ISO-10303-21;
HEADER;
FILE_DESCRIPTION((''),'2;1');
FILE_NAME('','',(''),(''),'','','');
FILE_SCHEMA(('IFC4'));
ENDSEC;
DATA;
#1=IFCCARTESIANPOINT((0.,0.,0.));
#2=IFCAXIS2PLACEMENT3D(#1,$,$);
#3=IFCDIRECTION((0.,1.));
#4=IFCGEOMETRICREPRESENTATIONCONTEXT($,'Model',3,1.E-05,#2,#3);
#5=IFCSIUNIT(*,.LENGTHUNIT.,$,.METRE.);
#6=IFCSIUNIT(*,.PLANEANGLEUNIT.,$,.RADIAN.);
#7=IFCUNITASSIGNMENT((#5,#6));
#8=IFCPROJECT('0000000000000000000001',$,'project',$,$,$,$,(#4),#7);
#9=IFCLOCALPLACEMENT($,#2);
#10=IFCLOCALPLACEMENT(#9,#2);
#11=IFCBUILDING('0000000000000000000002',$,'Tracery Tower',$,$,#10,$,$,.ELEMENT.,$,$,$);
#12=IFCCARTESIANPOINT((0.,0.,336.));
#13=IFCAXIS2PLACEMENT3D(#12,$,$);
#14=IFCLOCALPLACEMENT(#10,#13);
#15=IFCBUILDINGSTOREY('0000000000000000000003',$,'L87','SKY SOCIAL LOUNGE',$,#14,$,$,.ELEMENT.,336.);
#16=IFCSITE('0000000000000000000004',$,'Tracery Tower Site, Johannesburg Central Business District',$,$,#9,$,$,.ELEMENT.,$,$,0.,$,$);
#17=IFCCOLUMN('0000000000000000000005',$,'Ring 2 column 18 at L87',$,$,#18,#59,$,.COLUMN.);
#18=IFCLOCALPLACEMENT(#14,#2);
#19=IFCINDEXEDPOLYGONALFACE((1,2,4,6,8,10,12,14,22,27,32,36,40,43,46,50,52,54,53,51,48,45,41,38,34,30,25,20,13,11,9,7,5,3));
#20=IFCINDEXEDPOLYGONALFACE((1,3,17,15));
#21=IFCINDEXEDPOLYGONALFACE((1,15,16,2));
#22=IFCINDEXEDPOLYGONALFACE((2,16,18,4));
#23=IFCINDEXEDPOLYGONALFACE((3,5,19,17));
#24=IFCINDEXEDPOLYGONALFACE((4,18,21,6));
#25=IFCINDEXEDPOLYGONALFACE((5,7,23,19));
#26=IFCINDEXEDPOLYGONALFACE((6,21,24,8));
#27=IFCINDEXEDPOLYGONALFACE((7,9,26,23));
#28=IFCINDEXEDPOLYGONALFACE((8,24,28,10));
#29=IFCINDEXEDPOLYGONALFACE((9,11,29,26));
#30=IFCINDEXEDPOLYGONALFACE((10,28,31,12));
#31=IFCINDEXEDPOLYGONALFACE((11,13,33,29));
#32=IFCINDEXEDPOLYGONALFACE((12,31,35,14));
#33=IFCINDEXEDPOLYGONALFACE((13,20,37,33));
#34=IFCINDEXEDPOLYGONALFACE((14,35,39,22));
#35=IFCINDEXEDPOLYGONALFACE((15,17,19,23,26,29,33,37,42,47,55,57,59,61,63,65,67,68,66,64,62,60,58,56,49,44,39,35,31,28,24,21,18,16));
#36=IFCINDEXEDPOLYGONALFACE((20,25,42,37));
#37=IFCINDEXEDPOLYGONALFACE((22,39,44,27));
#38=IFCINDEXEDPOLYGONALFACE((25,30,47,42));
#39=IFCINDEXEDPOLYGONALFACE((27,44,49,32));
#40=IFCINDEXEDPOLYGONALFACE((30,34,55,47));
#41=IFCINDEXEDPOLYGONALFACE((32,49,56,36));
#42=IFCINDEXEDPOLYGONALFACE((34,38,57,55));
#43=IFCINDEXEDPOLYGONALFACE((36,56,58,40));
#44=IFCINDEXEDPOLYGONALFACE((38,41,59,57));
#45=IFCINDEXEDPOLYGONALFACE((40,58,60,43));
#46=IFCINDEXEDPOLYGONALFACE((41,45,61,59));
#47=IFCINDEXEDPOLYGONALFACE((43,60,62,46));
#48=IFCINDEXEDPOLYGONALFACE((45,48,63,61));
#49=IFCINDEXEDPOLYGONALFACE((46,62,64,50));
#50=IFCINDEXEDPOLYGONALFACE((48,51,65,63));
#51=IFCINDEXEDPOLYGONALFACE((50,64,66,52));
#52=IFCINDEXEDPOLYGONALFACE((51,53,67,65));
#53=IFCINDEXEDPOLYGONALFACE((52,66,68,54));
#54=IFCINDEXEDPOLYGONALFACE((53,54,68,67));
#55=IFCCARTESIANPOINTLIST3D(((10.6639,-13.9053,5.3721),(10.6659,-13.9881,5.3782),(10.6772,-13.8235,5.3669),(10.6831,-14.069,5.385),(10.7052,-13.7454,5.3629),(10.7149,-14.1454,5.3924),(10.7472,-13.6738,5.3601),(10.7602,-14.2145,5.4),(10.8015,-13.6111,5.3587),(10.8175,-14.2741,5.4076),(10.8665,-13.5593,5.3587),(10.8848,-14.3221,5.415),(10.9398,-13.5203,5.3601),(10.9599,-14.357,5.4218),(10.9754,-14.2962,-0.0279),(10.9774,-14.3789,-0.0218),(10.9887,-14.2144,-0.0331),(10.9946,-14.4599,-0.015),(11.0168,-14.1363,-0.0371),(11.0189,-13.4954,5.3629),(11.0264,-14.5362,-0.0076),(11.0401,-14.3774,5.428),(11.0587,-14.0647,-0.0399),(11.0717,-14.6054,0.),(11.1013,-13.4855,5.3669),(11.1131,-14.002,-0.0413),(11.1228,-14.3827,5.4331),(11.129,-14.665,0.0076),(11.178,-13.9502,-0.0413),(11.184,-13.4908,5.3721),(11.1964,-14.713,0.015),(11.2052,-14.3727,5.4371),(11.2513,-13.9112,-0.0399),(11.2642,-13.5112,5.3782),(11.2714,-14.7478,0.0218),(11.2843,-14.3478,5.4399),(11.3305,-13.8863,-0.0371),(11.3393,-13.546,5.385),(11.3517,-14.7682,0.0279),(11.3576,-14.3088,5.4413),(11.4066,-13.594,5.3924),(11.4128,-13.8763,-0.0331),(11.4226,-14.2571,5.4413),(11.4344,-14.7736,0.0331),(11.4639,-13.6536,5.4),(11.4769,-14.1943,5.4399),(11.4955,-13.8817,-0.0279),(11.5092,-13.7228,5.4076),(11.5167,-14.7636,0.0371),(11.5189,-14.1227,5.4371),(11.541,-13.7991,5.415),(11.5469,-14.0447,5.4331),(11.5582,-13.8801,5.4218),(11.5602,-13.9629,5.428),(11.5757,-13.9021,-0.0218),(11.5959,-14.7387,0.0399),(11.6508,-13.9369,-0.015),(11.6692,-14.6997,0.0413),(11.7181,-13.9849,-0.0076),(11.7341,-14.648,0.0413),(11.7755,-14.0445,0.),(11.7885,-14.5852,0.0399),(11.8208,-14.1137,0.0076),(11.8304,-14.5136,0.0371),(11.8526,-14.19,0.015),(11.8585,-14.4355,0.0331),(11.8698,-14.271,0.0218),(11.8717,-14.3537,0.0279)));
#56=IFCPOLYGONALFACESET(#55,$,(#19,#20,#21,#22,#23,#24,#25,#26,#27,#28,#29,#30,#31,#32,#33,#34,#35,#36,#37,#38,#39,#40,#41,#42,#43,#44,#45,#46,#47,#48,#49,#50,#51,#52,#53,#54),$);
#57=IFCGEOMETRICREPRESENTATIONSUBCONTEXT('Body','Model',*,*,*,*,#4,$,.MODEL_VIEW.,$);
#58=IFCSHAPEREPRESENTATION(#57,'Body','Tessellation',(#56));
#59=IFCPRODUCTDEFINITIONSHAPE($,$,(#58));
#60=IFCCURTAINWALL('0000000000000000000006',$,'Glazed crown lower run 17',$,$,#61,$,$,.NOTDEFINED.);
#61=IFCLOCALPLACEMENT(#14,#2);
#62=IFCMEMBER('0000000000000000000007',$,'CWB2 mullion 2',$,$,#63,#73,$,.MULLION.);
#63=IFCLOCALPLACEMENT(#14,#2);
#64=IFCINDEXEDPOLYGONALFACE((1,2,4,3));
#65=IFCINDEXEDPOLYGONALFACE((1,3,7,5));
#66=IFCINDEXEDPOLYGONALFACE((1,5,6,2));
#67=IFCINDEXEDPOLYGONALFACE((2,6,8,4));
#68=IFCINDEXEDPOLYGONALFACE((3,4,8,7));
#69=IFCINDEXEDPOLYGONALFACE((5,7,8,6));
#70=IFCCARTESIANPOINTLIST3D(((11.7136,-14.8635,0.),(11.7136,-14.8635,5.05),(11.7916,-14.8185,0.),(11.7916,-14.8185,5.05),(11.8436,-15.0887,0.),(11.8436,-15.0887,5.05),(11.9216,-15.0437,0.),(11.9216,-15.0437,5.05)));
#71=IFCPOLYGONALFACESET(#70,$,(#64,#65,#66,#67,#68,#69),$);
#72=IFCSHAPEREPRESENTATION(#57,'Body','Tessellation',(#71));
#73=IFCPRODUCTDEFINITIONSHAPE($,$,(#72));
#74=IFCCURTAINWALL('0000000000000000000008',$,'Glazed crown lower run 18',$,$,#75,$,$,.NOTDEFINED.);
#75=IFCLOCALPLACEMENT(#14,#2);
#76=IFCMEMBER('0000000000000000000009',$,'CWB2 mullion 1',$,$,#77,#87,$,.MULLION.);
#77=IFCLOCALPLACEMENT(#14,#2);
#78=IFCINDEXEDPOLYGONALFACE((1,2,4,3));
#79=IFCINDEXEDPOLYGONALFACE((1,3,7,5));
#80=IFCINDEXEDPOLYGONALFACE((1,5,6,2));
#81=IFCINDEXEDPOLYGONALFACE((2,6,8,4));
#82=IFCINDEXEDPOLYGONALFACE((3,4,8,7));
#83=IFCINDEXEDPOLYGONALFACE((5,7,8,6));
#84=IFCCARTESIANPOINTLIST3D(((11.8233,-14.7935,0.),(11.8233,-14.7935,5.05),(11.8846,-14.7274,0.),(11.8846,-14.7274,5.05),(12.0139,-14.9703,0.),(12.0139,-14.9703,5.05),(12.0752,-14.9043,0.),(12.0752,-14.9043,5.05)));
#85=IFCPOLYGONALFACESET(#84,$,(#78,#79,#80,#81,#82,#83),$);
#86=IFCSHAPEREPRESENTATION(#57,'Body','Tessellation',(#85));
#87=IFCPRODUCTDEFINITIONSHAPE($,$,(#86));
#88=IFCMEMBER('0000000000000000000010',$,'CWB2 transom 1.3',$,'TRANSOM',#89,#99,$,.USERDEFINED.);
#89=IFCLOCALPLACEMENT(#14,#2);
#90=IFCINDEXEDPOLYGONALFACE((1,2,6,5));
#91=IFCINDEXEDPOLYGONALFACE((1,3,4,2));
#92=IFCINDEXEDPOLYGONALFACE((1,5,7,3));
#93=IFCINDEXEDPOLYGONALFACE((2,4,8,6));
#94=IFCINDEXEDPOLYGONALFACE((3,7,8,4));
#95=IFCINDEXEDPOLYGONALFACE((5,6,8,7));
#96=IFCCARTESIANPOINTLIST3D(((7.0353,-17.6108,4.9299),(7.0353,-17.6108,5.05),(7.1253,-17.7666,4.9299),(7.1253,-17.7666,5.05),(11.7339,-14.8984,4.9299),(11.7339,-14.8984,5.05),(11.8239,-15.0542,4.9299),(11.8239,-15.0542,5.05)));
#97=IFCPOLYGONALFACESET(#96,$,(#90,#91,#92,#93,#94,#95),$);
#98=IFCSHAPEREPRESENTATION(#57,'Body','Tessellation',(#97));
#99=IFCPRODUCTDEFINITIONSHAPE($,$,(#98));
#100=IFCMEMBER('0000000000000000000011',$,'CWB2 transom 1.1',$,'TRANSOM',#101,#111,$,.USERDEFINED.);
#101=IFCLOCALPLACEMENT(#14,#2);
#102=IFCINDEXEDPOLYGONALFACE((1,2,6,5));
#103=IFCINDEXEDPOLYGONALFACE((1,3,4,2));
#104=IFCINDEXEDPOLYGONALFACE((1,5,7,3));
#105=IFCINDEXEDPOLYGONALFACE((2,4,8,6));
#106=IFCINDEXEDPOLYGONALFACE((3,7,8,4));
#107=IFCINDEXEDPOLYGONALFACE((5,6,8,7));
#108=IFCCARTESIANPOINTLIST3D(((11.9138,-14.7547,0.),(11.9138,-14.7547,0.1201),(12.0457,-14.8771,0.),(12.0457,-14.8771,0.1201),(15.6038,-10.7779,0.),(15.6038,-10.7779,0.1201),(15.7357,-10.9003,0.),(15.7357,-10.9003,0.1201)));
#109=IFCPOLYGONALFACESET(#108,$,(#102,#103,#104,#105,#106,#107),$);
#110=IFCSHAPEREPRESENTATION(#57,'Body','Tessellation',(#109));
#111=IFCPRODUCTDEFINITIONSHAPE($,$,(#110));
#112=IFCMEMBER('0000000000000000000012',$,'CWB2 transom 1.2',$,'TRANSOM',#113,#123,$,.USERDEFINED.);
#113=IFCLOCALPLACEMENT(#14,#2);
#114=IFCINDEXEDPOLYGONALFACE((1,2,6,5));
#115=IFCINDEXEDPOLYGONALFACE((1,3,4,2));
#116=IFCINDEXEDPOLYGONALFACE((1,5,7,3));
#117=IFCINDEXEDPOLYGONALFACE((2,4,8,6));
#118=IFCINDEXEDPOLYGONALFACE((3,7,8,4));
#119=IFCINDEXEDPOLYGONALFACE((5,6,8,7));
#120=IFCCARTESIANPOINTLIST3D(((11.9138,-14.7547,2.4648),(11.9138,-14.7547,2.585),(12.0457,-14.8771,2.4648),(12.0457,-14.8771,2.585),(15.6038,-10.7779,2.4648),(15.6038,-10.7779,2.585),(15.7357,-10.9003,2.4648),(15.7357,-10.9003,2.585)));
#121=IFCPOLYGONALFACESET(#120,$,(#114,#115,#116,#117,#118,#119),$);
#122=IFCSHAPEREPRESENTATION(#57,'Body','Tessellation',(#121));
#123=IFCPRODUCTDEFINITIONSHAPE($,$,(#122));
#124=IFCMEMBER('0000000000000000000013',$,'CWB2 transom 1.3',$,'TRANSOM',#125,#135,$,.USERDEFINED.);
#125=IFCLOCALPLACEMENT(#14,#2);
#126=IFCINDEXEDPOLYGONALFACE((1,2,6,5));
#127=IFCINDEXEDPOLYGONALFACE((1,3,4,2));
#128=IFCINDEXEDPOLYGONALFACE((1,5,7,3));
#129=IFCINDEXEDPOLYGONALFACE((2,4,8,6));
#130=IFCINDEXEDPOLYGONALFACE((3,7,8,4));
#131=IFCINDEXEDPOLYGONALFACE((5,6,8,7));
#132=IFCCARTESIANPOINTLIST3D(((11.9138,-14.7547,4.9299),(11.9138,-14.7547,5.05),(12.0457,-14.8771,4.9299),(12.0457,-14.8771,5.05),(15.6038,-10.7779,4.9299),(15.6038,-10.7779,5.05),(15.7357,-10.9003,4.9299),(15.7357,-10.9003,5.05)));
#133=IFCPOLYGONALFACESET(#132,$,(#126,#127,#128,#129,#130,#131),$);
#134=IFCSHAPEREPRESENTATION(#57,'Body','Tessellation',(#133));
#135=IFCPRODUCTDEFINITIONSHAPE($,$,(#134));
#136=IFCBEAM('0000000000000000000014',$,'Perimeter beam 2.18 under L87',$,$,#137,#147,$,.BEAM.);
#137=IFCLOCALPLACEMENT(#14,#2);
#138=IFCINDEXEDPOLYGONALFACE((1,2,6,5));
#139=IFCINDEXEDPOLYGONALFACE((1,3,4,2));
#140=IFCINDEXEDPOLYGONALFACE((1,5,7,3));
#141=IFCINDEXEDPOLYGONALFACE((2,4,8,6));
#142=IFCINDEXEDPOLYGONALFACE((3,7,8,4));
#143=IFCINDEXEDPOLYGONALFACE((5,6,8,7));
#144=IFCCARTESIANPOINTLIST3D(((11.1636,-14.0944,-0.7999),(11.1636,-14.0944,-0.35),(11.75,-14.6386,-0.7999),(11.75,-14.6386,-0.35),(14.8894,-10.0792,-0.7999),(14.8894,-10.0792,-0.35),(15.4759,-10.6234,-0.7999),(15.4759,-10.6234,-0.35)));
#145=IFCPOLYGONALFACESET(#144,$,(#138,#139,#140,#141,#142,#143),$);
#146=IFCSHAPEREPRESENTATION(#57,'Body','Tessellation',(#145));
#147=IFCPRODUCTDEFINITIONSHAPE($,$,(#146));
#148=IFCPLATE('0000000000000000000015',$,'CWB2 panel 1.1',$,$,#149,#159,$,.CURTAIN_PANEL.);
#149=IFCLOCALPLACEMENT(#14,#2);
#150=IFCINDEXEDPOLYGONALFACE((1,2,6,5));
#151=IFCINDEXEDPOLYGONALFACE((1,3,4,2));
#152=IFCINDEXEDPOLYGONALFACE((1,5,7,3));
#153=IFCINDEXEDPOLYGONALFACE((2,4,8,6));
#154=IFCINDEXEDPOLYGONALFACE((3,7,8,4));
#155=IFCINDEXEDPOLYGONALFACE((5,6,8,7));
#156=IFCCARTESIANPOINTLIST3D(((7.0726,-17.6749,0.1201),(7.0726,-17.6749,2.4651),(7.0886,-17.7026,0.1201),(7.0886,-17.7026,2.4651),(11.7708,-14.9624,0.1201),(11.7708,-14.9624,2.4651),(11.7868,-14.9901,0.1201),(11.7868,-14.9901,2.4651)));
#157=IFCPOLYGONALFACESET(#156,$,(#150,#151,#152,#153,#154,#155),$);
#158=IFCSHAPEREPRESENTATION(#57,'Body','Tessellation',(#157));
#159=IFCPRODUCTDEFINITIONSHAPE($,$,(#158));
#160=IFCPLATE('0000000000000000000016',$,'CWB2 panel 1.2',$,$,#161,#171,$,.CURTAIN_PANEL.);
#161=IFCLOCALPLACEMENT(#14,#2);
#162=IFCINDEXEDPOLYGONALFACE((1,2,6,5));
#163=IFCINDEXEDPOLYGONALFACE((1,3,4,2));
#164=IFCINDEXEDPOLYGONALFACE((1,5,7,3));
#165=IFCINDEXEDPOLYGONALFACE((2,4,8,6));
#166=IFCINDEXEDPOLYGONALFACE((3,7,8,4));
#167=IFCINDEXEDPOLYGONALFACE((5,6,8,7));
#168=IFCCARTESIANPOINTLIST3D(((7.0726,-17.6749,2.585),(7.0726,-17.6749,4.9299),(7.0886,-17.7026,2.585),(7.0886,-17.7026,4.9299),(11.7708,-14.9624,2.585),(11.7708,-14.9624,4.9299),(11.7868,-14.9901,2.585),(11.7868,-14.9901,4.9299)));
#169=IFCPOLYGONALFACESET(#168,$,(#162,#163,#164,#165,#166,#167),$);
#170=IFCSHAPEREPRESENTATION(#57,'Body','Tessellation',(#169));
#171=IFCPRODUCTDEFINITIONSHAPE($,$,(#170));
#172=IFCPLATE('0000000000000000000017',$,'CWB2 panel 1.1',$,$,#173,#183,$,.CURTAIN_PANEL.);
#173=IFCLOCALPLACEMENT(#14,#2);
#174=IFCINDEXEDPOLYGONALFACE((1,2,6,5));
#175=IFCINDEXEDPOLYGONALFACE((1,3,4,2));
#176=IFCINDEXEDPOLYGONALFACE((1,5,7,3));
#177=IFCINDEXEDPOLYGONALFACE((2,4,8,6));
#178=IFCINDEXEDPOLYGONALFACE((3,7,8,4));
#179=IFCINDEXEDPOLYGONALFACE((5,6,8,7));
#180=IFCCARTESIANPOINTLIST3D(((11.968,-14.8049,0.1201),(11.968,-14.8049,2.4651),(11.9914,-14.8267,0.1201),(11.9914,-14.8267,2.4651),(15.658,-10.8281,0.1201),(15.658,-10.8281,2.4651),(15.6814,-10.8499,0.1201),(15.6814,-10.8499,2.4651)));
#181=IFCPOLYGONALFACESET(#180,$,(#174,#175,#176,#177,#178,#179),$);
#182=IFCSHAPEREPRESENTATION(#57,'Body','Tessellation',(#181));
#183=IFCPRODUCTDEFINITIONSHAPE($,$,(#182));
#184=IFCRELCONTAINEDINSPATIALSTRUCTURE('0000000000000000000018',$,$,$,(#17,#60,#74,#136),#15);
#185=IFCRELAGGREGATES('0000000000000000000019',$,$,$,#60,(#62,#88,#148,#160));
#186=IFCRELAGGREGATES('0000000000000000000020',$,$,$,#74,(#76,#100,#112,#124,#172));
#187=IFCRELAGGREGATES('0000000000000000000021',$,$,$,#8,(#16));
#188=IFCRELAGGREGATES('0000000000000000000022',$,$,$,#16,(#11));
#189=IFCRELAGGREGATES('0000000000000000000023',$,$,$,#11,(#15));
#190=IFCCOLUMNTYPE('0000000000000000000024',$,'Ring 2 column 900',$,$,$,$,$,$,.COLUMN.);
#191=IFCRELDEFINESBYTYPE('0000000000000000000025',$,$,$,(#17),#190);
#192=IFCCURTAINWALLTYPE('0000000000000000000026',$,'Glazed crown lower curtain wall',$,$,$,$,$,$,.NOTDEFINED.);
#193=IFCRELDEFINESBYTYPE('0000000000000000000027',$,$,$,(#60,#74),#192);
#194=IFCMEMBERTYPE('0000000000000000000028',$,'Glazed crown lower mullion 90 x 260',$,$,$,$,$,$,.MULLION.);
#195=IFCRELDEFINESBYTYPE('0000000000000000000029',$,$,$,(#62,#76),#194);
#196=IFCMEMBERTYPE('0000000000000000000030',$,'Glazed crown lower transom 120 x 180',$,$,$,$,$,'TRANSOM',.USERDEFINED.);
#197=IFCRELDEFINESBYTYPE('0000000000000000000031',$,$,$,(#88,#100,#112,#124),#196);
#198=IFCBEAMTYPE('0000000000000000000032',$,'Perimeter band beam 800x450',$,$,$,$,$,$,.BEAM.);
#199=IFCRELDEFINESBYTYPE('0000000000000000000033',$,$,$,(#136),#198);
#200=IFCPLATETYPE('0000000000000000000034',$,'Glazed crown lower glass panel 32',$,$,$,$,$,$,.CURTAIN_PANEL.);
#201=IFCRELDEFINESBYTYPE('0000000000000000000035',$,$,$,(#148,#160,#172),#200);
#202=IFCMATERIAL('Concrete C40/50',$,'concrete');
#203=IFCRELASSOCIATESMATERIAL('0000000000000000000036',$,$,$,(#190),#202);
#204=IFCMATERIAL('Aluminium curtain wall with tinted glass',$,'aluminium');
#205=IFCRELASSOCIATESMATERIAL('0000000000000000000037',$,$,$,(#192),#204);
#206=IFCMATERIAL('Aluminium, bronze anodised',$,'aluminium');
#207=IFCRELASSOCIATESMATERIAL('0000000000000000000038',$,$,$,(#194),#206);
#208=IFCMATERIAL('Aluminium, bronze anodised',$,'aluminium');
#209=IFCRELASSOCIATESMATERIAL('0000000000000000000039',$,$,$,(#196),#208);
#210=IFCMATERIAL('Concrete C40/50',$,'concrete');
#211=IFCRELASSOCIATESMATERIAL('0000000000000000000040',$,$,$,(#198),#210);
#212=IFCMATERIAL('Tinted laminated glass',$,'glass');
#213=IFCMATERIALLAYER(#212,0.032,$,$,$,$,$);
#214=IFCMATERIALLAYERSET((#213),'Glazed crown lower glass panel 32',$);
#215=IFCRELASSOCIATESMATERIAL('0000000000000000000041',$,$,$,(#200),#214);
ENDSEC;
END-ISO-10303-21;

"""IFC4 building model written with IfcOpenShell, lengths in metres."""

from ifc_helpers import new_model, si_unit, direction, frame, origin, origin_2d, place, context, subcontext, project, spatial, rectangle, circle, extrude, material, layer, layer_set, material_profile, profile_set, type_object, element, aggregate, save


model = new_model("IFC4")

# Units and contexts
model_context = context("Model", 3, precision=1e-05, world=origin(), true_north=direction((0.0, 1.0)))
body_context = subcontext(model_context, "Body", "Model", "MODEL_VIEW")
ifc_project = project(units=[si_unit("LENGTHUNIT", "METRE"), si_unit("PLANEANGLEUNIT", "RADIAN")], contexts=[model_context])

# Site, building, storey
site_placement = place(None, origin())
site = spatial("IfcSite", under=ifc_project, at=site_placement, Name="Tracery Tower Site, Johannesburg Central Business District", CompositionType="ELEMENT", RefElevation=0.0)
building_placement = place(site_placement, origin())
building = spatial("IfcBuilding", under=site, at=building_placement, Name="Tracery Tower", CompositionType="ELEMENT")
storey_placement = place(building_placement, frame((0.0, 0.0, 336.0)))
storey = spatial("IfcBuildingStorey", under=building, at=storey_placement, Name="L87", Description="SKY SOCIAL LOUNGE", CompositionType="ELEMENT", Elevation=336.0)

# Column
ifc_material_1 = material(Name="Concrete C40/50", Category="concrete")
ifc_material_profile_1 = material_profile(ifc_material_1, circle(Radius=0.45, at=origin_2d()), Name="RC D900")
ifc_profile_set_1 = profile_set([ifc_material_profile_1], Name="Concrete C40/50")
column_type = type_object("IfcColumnType", Name="Ring 2 column 900", PredefinedType="COLUMN", material=ifc_profile_set_1)
column_placement = place(storey_placement, frame((11.4236, -14.325, 0.0), z_axis=(-0.057445, 0.072076, 0.995743), x_axis=(-0.782011, -0.623264, 0.0)))
element("IfcColumn", 1, at=column_placement, inside=storey, type_object=column_type, Name="Ring 2 column 18 at L87", PredefinedType="COLUMN", context=body_context, shape_type="SweptSolid", body=[
    extrude(circle(Radius=0.45, at=origin_2d()), origin(), (0.0, 0.0, 1.0), 5.4231),
])

# Curtain walls, members
ifc_material_2 = material(Name="Aluminium curtain wall with tinted glass", Category="aluminium")
curtain_wall_type = type_object("IfcCurtainWallType", Name="Glazed crown lower curtain wall", PredefinedType="NOTDEFINED", material=ifc_material_2)
curtain_wall_1_placement = place(storey_placement, origin())
curtain_wall_1 = element("IfcCurtainWall", 2, at=curtain_wall_1_placement, inside=storey, type_object=curtain_wall_type, Name="Glazed crown lower run 17", PredefinedType="NOTDEFINED")
ifc_material_3 = material(Name="Aluminium, bronze anodised", Category="aluminium")
ifc_material_profile_2 = material_profile(ifc_material_3, rectangle(XDim=0.26, YDim=0.0901, at=origin_2d()), Name="Glazed crown lower mullion 90 x 260")
ifc_profile_set_2 = profile_set([ifc_material_profile_2], Name="Aluminium, bronze anodised")
member_type_1 = type_object("IfcMemberType", Name="Glazed crown lower mullion 90 x 260", PredefinedType="MULLION", material=ifc_profile_set_2)
member_1_placement = place(storey_placement, frame((11.8176, -14.9536, 0.0), z_axis=(0.0, 0.0, 1.0), x_axis=(-0.500004, 0.866023, 0.0)))
member_1 = element("IfcMember", 3, at=member_1_placement, type_object=member_type_1, Name="CWB2 mullion 2", PredefinedType="MULLION", context=body_context, shape_type="SweptSolid", body=[
    extrude(rectangle(XDim=0.26, YDim=0.0901, at=origin_2d()), origin(), (0.0, 0.0, 1.0), 5.05),
])
curtain_wall_2_placement = place(storey_placement, origin())
curtain_wall_2 = element("IfcCurtainWall", 4, at=curtain_wall_2_placement, inside=storey, type_object=curtain_wall_type, Name="Glazed crown lower run 18", PredefinedType="NOTDEFINED")
member_2_placement = place(storey_placement, frame((11.9492, -14.8489, 0.0), z_axis=(0.0, 0.0, 1.0), x_axis=(-0.733044, 0.680181, 0.0)))
member_2 = element("IfcMember", 5, at=member_2_placement, type_object=member_type_1, Name="CWB2 mullion 1", PredefinedType="MULLION", context=body_context, shape_type="SweptSolid", body=[
    extrude(rectangle(XDim=0.26, YDim=0.0901, at=origin_2d()), origin(), (0.0, 0.0, 1.0), 5.05),
])

# Members
ifc_material_4 = material(Name="Aluminium, bronze anodised", Category="aluminium")
ifc_material_profile_3 = material_profile(ifc_material_4, rectangle(XDim=0.1799, YDim=0.1201, at=origin_2d()), Name="Glazed crown lower transom 120 x 180")
ifc_profile_set_3 = profile_set([ifc_material_profile_3], Name="Aluminium, bronze anodised")
member_type_2 = type_object("IfcMemberType", Name="Glazed crown lower transom 120 x 180", ElementType="TRANSOM", PredefinedType="USERDEFINED", material=ifc_profile_set_3)
member_3_placement = place(storey_placement, frame((7.0803, -17.6887, 4.99), z_axis=(0.866047, 0.499963, 0.0), x_axis=(-0.499963, 0.866047, 0.0)))
member_3 = element("IfcMember", 6, at=member_3_placement, type_object=member_type_2, Name="CWB2 transom 1.3", ObjectType="TRANSOM", PredefinedType="USERDEFINED", context=body_context, shape_type="SweptSolid", body=[
    extrude(rectangle(XDim=0.1799, YDim=0.1201, at=origin_2d()), origin(), (0.0, 0.0, 1.0), 5.4253),
])
member_4_placement = place(storey_placement, frame((11.9797, -14.8159, 0.0601), z_axis=(0.680173, 0.733051, 0.0), x_axis=(-0.733051, 0.680173, 0.0)))
member_4 = element("IfcMember", 7, at=member_4_placement, type_object=member_type_2, Name="CWB2 transom 1.1", ObjectType="TRANSOM", PredefinedType="USERDEFINED", context=body_context, shape_type="SweptSolid", body=[
    extrude(rectangle(XDim=0.1799, YDim=0.1201, at=origin_2d()), origin(), (0.0, 0.0, 1.0), 5.425),
])
member_5_placement = place(storey_placement, frame((11.9797, -14.8159, 2.5249), z_axis=(0.680173, 0.733051, 0.0), x_axis=(-0.733051, 0.680173, 0.0)))
member_5 = element("IfcMember", 8, at=member_5_placement, type_object=member_type_2, Name="CWB2 transom 1.2", ObjectType="TRANSOM", PredefinedType="USERDEFINED", context=body_context, shape_type="SweptSolid", body=[
    extrude(rectangle(XDim=0.1799, YDim=0.1201, at=origin_2d()), origin(), (0.0, 0.0, 1.0), 5.425),
])
member_6_placement = place(storey_placement, frame((11.9797, -14.8159, 4.99), z_axis=(0.680173, 0.733051, 0.0), x_axis=(-0.733051, 0.680173, 0.0)))
member_6 = element("IfcMember", 9, at=member_6_placement, type_object=member_type_2, Name="CWB2 transom 1.3", ObjectType="TRANSOM", PredefinedType="USERDEFINED", context=body_context, shape_type="SweptSolid", body=[
    extrude(rectangle(XDim=0.1799, YDim=0.1201, at=origin_2d()), origin(), (0.0, 0.0, 1.0), 5.425),
])

# Beam
ifc_material_5 = material(Name="Concrete C40/50", Category="concrete")
ifc_material_profile_4 = material_profile(ifc_material_5, rectangle(XDim=0.8, YDim=0.45, at=origin_2d()), Name="RC 800x450")
ifc_profile_set_4 = profile_set([ifc_material_profile_4], Name="Concrete C40/50")
beam_type = type_object("IfcBeamType", Name="Perimeter band beam 800x450", PredefinedType="BEAM", material=ifc_profile_set_4)
beam_placement = place(storey_placement, frame((11.4568, -14.3665, -0.575), z_axis=(0.680205, 0.733022, 0.0), x_axis=(-0.733022, 0.680205, 0.0)))
element("IfcBeam", 10, at=beam_placement, inside=storey, type_object=beam_type, Name="Perimeter beam 2.18 under L87", PredefinedType="BEAM", context=body_context, shape_type="SweptSolid", body=[
    extrude(rectangle(XDim=0.8, YDim=0.45, at=origin_2d()), origin(), (0.0, 0.0, 1.0), 5.4775),
])

# Plates
ifc_material_6 = material(Name="Tinted laminated glass", Category="glass")
ifc_layer_1 = layer(ifc_material_6, 0.032)
ifc_layer_set_1 = layer_set([ifc_layer_1], Name="Glazed crown lower glass panel 32")
plate_type = type_object("IfcPlateType", Name="Glazed crown lower glass panel 32", PredefinedType="CURTAIN_PANEL", material=ifc_layer_set_1)
plate_1_placement = place(storey_placement, frame((9.4297, -16.3325, 0.1201), z_axis=(0.0, 0.0, 1.0), x_axis=(0.866023, 0.500004, 0.0)))
plate_1 = element("IfcPlate", 11, at=plate_1_placement, type_object=plate_type, Name="CWB2 panel 1.1", PredefinedType="CURTAIN_PANEL", context=body_context, shape_type="SweptSolid", body=[
    extrude(rectangle(XDim=5.425, YDim=0.032, at=origin_2d()), origin(), (0.0, 0.0, 1.0), 2.345),
])
plate_2_placement = place(storey_placement, frame((9.4297, -16.3325, 2.585), z_axis=(0.0, 0.0, 1.0), x_axis=(0.866023, 0.500004, 0.0)))
plate_2 = element("IfcPlate", 12, at=plate_2_placement, type_object=plate_type, Name="CWB2 panel 1.2", PredefinedType="CURTAIN_PANEL", context=body_context, shape_type="SweptSolid", body=[
    extrude(rectangle(XDim=5.425, YDim=0.032, at=origin_2d()), origin(), (0.0, 0.0, 1.0), 2.345),
])
aggregate(curtain_wall_1, [member_1, member_3, plate_1, plate_2])
plate_3_placement = place(storey_placement, frame((13.8247, -12.8274, 0.1201), z_axis=(0.0, 0.0, 1.0), x_axis=(0.680181, 0.733044, 0.0)))
plate_3 = element("IfcPlate", 13, at=plate_3_placement, type_object=plate_type, Name="CWB2 panel 1.1", PredefinedType="CURTAIN_PANEL", context=body_context, shape_type="SweptSolid", body=[
    extrude(rectangle(XDim=5.425, YDim=0.032, at=origin_2d()), origin(), (0.0, 0.0, 1.0), 2.345),
])
aggregate(curtain_wall_2, [member_2, member_4, member_5, member_6, plate_3])

save(model, "model.ifc")
